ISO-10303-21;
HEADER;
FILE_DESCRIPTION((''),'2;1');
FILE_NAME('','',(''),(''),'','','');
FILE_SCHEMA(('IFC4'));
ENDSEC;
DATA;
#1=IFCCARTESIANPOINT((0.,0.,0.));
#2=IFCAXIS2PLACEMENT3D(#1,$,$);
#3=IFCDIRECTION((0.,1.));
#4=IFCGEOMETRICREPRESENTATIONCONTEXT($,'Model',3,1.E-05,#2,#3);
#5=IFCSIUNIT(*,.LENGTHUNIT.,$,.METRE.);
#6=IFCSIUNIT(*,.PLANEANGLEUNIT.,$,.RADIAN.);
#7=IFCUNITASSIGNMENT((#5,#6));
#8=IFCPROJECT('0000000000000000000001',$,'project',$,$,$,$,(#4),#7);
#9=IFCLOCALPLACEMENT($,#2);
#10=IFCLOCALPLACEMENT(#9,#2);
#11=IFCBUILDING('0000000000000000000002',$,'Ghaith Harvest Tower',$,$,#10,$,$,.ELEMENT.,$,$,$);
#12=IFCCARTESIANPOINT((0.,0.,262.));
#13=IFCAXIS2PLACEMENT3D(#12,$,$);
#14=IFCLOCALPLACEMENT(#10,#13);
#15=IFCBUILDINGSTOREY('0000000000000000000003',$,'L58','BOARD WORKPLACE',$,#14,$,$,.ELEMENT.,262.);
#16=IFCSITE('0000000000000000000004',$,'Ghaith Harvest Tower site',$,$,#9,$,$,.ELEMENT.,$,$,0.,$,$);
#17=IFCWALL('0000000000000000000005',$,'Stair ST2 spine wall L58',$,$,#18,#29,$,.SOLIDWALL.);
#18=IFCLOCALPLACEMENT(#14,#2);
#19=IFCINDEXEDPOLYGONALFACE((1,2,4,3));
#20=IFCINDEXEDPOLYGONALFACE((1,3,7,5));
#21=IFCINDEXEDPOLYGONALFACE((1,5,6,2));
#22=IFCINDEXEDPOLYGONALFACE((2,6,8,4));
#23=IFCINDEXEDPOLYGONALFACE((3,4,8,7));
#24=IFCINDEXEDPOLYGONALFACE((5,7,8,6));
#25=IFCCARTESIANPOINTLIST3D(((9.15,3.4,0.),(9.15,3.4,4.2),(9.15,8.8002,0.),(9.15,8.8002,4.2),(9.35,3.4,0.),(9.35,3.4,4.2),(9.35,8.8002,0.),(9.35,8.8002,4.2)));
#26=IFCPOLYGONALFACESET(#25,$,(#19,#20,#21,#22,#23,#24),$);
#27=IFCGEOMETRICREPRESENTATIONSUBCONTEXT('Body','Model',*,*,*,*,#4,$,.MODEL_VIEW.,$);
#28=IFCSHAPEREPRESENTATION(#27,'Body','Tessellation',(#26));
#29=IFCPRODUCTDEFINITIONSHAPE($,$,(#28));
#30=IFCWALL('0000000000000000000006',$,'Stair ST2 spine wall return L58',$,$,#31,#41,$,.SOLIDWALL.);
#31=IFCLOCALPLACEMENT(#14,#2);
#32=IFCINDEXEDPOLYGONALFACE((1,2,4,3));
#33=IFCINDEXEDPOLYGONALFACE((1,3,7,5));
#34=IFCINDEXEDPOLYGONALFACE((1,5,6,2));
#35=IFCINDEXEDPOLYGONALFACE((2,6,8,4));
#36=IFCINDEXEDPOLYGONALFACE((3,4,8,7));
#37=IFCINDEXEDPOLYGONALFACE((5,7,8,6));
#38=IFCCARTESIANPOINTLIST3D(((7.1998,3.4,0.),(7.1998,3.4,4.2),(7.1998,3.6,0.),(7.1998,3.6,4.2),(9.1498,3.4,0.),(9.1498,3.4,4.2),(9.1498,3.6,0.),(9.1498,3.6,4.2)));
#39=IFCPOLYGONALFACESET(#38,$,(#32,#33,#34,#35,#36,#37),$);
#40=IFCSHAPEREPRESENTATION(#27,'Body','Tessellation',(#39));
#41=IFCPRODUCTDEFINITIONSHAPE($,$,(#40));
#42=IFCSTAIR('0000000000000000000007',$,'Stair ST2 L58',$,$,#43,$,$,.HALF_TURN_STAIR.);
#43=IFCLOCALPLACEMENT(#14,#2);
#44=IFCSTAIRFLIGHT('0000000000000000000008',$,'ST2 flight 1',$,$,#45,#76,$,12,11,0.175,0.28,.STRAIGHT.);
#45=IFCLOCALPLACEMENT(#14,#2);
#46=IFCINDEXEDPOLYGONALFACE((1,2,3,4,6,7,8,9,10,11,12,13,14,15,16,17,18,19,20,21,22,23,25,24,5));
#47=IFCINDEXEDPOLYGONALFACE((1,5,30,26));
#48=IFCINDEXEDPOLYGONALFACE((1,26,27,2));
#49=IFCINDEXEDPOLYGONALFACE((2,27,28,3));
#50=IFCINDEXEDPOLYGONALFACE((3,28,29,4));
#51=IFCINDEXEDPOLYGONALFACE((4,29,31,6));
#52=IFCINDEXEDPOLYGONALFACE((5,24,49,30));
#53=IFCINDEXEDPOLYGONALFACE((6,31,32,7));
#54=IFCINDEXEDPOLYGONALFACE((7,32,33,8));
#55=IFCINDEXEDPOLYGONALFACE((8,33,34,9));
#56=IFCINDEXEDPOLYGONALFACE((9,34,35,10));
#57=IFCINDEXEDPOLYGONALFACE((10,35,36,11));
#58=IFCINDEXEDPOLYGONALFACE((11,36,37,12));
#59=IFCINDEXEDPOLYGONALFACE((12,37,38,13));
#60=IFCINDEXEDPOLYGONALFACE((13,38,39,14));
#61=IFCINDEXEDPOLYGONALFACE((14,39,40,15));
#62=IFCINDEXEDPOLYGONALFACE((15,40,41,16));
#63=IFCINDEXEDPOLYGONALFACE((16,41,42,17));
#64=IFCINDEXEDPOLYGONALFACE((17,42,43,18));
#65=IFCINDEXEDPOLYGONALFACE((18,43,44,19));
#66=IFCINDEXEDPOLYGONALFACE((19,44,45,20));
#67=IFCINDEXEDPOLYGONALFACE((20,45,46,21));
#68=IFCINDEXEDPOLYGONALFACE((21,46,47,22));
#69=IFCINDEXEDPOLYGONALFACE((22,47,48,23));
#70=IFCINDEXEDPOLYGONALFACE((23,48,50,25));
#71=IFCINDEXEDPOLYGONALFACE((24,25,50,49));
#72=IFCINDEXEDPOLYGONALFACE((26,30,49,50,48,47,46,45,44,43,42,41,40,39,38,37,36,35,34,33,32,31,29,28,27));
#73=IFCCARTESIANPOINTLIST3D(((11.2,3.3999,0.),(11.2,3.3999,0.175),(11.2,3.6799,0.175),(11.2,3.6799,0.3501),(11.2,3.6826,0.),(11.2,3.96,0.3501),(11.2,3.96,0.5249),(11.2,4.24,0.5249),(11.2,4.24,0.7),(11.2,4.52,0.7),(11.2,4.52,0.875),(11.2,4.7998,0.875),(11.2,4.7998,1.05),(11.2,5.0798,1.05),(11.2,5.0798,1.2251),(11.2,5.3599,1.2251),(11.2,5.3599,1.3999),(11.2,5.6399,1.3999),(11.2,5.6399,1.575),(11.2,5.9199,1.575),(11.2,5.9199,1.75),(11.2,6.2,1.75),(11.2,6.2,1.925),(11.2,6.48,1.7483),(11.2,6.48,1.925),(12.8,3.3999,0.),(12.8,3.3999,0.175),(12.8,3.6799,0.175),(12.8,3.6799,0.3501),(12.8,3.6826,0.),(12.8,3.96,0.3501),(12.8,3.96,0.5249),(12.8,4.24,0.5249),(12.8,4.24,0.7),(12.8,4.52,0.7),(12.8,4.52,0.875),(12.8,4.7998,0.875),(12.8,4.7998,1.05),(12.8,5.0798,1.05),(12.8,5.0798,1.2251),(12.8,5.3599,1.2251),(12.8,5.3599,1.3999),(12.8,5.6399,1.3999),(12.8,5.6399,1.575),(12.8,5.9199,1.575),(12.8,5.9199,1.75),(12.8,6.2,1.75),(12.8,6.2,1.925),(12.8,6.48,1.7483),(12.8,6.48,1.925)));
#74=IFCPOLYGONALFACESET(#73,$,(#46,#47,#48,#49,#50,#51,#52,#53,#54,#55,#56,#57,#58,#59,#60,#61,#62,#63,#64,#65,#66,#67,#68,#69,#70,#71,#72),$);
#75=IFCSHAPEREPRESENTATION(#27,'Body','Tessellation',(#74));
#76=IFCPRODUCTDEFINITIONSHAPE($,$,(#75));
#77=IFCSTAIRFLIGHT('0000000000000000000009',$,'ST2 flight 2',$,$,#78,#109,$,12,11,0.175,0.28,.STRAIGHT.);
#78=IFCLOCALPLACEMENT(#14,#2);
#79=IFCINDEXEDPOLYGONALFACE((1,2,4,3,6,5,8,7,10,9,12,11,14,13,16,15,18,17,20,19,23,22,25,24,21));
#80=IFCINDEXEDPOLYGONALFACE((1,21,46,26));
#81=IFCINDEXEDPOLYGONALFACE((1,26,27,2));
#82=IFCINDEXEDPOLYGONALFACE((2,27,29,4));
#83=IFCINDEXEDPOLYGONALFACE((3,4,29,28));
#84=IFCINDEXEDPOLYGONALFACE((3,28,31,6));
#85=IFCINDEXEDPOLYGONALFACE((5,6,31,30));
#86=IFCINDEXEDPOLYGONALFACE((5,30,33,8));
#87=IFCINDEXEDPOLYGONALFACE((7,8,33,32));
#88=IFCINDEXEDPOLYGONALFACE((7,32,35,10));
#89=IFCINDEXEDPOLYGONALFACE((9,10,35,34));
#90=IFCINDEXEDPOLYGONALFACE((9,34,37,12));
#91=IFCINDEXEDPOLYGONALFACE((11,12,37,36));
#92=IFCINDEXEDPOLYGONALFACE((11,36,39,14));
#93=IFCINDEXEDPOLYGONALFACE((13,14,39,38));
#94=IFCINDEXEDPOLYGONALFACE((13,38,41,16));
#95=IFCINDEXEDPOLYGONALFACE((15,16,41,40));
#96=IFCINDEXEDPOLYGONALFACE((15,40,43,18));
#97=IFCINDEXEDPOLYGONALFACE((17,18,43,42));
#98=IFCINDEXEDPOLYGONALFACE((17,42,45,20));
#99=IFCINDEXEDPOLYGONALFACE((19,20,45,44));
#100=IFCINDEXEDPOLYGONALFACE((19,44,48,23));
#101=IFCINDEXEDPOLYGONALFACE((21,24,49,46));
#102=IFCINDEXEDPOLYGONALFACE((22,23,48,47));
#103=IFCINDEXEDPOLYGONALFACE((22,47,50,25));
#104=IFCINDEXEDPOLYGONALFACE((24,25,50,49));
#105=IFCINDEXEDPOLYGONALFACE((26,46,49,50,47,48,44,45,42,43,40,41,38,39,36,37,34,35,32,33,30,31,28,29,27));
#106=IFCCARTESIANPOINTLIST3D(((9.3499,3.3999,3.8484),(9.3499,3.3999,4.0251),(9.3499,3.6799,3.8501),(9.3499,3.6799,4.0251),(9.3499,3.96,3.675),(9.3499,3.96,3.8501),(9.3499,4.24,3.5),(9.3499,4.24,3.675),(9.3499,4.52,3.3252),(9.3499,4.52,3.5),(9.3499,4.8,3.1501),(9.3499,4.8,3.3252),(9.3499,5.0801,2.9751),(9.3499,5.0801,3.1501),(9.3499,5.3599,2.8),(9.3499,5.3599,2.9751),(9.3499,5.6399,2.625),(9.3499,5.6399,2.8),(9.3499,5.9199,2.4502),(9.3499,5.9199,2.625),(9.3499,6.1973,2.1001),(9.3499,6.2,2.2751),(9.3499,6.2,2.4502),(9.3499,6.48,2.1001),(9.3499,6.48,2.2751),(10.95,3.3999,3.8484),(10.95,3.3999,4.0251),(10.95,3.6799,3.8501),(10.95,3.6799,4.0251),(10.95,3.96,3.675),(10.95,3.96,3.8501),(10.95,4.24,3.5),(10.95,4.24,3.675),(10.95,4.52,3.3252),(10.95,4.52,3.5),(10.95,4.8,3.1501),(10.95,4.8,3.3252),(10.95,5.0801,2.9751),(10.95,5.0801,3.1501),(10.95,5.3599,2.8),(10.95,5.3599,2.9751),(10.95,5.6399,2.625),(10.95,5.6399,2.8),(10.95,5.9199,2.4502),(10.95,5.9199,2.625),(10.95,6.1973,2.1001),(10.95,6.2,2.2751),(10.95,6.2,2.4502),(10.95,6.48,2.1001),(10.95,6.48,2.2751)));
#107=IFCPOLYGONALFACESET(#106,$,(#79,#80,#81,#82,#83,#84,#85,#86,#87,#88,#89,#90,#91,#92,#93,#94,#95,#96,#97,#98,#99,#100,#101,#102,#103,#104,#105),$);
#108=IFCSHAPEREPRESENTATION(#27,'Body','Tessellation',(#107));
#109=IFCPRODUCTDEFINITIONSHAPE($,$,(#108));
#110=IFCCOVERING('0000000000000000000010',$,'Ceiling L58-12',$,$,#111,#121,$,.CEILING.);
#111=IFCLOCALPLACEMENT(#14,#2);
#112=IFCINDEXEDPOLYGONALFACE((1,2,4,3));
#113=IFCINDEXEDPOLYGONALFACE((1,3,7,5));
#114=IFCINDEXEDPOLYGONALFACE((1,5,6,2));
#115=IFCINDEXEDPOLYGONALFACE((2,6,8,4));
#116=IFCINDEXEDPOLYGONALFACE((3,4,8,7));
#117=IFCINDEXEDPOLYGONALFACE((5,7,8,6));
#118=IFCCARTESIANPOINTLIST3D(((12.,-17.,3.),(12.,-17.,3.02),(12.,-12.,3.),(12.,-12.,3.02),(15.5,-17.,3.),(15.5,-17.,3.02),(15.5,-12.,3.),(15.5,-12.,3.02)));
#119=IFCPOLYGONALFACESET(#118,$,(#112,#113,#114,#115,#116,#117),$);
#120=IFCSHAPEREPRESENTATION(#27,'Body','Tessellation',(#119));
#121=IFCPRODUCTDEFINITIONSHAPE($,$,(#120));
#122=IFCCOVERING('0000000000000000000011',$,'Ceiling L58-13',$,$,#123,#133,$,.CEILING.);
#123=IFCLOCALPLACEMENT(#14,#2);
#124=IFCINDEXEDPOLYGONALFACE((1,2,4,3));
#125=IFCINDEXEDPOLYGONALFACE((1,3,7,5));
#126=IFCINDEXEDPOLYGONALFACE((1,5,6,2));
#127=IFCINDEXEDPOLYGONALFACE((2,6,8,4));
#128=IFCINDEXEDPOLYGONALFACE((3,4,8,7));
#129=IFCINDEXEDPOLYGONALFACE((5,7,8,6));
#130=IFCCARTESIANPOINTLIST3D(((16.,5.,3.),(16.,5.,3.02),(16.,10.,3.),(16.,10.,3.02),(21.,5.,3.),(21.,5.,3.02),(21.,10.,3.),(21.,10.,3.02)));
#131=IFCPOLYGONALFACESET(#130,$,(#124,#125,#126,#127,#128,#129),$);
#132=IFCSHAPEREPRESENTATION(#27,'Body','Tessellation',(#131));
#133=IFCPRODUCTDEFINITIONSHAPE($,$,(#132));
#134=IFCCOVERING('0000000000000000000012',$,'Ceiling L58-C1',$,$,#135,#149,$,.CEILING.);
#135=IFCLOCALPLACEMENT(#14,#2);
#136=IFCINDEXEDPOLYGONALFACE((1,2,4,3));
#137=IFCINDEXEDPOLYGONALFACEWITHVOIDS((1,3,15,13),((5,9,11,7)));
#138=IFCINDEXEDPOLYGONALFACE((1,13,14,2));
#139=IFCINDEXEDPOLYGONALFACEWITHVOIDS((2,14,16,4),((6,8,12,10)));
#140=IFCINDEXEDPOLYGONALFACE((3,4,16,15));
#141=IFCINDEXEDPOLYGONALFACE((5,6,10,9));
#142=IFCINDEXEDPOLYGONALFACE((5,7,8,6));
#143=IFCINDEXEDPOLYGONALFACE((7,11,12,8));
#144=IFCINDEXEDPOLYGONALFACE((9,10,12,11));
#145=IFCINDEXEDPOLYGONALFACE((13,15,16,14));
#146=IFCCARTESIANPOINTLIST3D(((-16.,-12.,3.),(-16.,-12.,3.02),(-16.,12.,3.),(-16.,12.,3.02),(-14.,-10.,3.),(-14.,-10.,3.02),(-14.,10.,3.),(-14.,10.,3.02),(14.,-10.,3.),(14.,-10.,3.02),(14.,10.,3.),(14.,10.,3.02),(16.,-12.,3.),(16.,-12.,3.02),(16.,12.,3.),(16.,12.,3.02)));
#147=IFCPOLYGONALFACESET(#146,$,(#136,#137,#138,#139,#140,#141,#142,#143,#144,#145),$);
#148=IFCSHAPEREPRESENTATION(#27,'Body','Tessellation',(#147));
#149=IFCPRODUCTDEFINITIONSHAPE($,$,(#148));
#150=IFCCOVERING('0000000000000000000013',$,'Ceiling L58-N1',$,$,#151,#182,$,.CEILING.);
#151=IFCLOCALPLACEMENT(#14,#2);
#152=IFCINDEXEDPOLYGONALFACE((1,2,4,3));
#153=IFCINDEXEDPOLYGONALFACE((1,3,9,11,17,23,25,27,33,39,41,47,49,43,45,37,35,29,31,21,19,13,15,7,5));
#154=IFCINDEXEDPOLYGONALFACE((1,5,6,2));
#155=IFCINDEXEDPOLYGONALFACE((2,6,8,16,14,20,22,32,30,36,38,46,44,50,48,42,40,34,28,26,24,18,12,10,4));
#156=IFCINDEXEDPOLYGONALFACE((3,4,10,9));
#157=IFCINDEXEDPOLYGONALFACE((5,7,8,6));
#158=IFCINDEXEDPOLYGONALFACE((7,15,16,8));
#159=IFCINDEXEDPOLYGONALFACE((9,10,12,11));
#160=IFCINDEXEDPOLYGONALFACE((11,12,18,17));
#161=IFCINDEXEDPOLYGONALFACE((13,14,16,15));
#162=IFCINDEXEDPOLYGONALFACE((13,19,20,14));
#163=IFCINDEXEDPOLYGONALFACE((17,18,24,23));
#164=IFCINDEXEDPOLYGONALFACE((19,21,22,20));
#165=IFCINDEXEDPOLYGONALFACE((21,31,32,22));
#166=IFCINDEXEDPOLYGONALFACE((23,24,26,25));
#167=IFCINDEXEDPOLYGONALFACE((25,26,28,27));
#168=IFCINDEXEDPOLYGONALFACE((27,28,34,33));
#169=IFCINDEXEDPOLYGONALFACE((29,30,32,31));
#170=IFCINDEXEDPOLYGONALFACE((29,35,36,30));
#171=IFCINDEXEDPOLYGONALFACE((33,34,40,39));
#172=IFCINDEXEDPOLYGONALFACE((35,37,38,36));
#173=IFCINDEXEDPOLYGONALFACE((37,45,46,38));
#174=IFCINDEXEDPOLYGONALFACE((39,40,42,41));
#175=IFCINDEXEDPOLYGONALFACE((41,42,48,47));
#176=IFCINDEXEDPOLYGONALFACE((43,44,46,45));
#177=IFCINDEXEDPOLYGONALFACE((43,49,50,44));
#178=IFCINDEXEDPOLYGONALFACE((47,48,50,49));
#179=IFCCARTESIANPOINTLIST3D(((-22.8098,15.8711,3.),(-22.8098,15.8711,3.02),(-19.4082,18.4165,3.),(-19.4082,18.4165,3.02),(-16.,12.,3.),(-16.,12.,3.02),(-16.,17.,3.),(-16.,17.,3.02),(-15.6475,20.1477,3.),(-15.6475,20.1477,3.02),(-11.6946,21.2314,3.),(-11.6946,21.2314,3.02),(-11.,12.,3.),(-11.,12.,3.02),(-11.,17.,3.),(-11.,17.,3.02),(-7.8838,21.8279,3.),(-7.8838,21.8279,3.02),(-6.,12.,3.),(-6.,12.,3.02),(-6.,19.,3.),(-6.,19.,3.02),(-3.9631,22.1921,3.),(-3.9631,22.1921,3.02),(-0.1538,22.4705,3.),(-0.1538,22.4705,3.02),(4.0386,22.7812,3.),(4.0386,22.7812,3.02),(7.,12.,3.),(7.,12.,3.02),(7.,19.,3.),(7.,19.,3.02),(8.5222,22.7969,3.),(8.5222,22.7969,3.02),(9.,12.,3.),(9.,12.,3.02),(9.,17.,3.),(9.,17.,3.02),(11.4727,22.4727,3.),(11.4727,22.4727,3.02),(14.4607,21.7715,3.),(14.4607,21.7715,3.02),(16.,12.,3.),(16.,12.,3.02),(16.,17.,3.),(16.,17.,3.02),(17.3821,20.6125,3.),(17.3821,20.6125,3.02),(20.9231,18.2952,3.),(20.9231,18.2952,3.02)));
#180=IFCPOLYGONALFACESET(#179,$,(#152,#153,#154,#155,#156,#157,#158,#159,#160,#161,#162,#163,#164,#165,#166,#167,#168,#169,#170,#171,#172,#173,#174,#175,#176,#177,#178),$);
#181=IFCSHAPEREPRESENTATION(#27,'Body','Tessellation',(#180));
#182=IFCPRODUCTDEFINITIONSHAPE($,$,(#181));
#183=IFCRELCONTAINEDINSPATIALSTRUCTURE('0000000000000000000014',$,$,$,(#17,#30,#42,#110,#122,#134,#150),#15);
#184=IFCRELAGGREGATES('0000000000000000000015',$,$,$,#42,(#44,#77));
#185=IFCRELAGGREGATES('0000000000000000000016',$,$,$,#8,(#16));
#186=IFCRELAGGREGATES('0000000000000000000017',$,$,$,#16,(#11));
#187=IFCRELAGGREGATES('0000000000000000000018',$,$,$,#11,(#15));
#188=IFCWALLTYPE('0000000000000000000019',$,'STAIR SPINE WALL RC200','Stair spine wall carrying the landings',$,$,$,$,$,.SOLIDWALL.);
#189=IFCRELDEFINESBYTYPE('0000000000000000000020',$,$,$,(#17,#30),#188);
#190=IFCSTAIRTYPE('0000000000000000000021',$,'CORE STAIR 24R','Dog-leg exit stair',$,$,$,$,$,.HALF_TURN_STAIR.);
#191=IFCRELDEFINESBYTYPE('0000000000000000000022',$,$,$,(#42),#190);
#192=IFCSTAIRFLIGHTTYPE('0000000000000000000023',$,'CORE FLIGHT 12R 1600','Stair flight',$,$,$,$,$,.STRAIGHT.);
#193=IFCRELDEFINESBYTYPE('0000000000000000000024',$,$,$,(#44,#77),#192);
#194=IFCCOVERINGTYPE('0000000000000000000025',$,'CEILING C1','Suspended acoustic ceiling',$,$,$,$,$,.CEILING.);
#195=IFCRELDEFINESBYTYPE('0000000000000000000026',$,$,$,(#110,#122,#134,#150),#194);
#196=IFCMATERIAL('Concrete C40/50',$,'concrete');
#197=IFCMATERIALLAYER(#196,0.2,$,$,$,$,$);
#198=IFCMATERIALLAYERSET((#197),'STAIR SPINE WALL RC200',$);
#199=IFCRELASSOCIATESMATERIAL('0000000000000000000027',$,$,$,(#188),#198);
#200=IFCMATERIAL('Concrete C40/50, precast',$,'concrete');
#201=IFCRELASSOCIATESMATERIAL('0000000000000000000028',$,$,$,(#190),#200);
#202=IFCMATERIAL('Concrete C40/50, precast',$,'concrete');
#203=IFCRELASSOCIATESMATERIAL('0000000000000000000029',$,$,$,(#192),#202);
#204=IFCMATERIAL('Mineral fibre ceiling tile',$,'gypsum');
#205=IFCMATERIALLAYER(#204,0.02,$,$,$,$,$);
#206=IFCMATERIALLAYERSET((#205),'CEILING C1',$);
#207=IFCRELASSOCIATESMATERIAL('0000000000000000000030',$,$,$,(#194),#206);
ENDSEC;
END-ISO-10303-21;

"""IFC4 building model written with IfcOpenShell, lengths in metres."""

from ifc_helpers import new_model, si_unit, direction, frame, frame_2d, origin, place, context, subcontext, project, spatial, polyline, rectangle, outline, extrude, material, layer, layer_set, type_object, element, aggregate, save


model = new_model("IFC4")

# Units and contexts
model_context = context("Model", 3, precision=1e-05, world=origin(), true_north=direction((0.0, 1.0)))
body_context = subcontext(model_context, "Body", "Model", "MODEL_VIEW")
ifc_project = project(units=[si_unit("LENGTHUNIT", "METRE"), si_unit("PLANEANGLEUNIT", "RADIAN")], contexts=[model_context])

# Site, building, storey
site_placement = place(None, origin())
site = spatial("IfcSite", under=ifc_project, at=site_placement, Name="Ghaith Harvest Tower site", CompositionType="ELEMENT", RefElevation=0.0)
building_placement = place(site_placement, origin())
building = spatial("IfcBuilding", under=site, at=building_placement, Name="Ghaith Harvest Tower", CompositionType="ELEMENT")
storey_placement = place(building_placement, frame((0.0, 0.0, 262.0)))
storey = spatial("IfcBuildingStorey", under=building, at=storey_placement, Name="L58", Description="BOARD WORKPLACE", CompositionType="ELEMENT", Elevation=262.0)

# Walls
ifc_material_1 = material(Name="Concrete C40/50", Category="concrete")
ifc_layer_1 = layer(ifc_material_1, 0.2)
ifc_layer_set_1 = layer_set([ifc_layer_1], Name="STAIR SPINE WALL RC200")
wall_type_1 = type_object("IfcWallType", Name="STAIR SPINE WALL RC200", Description="Stair spine wall carrying the landings", PredefinedType="SOLIDWALL", material=ifc_layer_set_1)
wall_1_placement = place(storey_placement, frame((9.25, 3.3999, 0.0), z_axis=(0.0, 0.0, 1.0), x_axis=(0.0, 1.0, 0.0)))
element("IfcWall", 1, at=wall_1_placement, inside=storey, type_object=wall_type_1, Name="Stair ST2 spine wall L58", PredefinedType="SOLIDWALL", context=body_context, shape_type="SweptSolid", body=[
    extrude(rectangle(XDim=5.4001, YDim=0.2, at=frame_2d((2.7002, 0.0))), origin(), (0.0, 0.0, 1.0), 4.2),
])
wall_2_placement = place(storey_placement, frame((9.1499, 3.5, 0.0), z_axis=(0.0, 0.0, 1.0), x_axis=(-1.0, 0.0, 0.0)))
element("IfcWall", 2, at=wall_2_placement, inside=storey, type_object=wall_type_1, Name="Stair ST2 spine wall return L58", PredefinedType="SOLIDWALL", context=body_context, shape_type="SweptSolid", body=[
    extrude(rectangle(XDim=1.95, YDim=0.2, at=frame_2d((0.9751, 0.0))), origin(), (0.0, 0.0, 1.0), 4.2),
])

# Stair, stair flights
ifc_material_2 = material(Name="Concrete C40/50, precast", Category="concrete")
stair_type = type_object("IfcStairType", Name="CORE STAIR 24R", Description="Dog-leg exit stair", PredefinedType="HALF_TURN_STAIR", material=ifc_material_2)
stair_placement = place(storey_placement, origin())
stair = element("IfcStair", 3, at=stair_placement, inside=storey, type_object=stair_type, Name="Stair ST2 L58", PredefinedType="HALF_TURN_STAIR")
ifc_material_3 = material(Name="Concrete C40/50, precast", Category="concrete")
stair_flight_type = type_object("IfcStairFlightType", Name="CORE FLIGHT 12R 1600", Description="Stair flight", PredefinedType="STRAIGHT", material=ifc_material_3)
stair_flight_1_placement = place(storey_placement, frame((12.0, 3.3999, 0.0), z_axis=(0.0, 0.0, 1.0), x_axis=(0.0, 1.0, 0.0)))
stair_flight_1 = element("IfcStairFlight", 4, at=stair_flight_1_placement, type_object=stair_flight_type, Name="ST2 flight 1", NumberOfRisers=12, NumberOfTreads=11, PredefinedType="STRAIGHT", RiserHeight=0.175, TreadLength=0.28, context=body_context, shape_type="SweptSolid", body=[
    extrude(outline(polyline([(0.0, 0.0), (0.0, 0.175), (0.28, 0.175), (0.28, 0.3501), (0.5601, 0.3501), (0.5601, 0.5249), (0.8401, 0.5249), (0.8401, 0.7), (1.1201, 0.7), (1.1201, 0.875), (1.3999, 0.875), (1.3999, 1.05), (1.6799, 1.05), (1.6799, 1.2251), (1.96, 1.2251), (1.96, 1.3999), (2.24, 1.3999), (2.24, 1.575), (2.52, 1.575), (2.52, 1.75), (2.8, 1.75), (2.8, 1.925), (3.0801, 1.925), (3.0801, 2.1001), (3.0801, 1.7483), (0.2827, 0.0), (0.0, 0.0)])), frame((0.0, 0.8, 0.0), z_axis=(0.0, -1.0, 0.0), x_axis=(1.0, 0.0, 0.0)), (0.0, 0.0, 1.0), 1.6001),
])
stair_flight_2_placement = place(storey_placement, frame((10.1499, 6.48, 2.1001), z_axis=(0.0, 0.0, 1.0), x_axis=(0.0, -1.0, 0.0)))
stair_flight_2 = element("IfcStairFlight", 5, at=stair_flight_2_placement, type_object=stair_flight_type, Name="ST2 flight 2", NumberOfRisers=12, NumberOfTreads=11, PredefinedType="STRAIGHT", RiserHeight=0.175, TreadLength=0.28, context=body_context, shape_type="SweptSolid", body=[
    extrude(outline(polyline([(0.0, 0.0), (0.0, 0.175), (0.28, 0.175), (0.28, 0.3501), (0.5601, 0.3501), (0.5601, 0.5249), (0.8401, 0.5249), (0.8401, 0.7), (1.1201, 0.7), (1.1201, 0.875), (1.3999, 0.875), (1.3999, 1.05), (1.6799, 1.05), (1.6799, 1.2251), (1.96, 1.2251), (1.96, 1.3999), (2.24, 1.3999), (2.24, 1.575), (2.52, 1.575), (2.52, 1.75), (2.8, 1.75), (2.8, 1.925), (3.0801, 1.925), (3.0801, 2.1001), (3.0801, 1.7483), (0.2827, 0.0), (0.0, 0.0)])), frame((0.0, 0.8, 0.0), z_axis=(0.0, -1.0, 0.0), x_axis=(1.0, 0.0, 0.0)), (0.0, 0.0, 1.0), 1.6001),
])
aggregate(stair, [stair_flight_1, stair_flight_2])

# Coverings
ifc_material_4 = material(Name="Mineral fibre ceiling tile", Category="gypsum")
ifc_layer_2 = layer(ifc_material_4, 0.02)
ifc_layer_set_2 = layer_set([ifc_layer_2], Name="CEILING C1")
covering_type = type_object("IfcCoveringType", Name="CEILING C1", Description="Suspended acoustic ceiling", PredefinedType="CEILING", material=ifc_layer_set_2)
covering_1_placement = place(storey_placement, frame((0.0, 0.0, 3.0)))
element("IfcCovering", 6, at=covering_1_placement, inside=storey, type_object=covering_type, Name="Ceiling L58-12", PredefinedType="CEILING", context=body_context, shape_type="SweptSolid", body=[
    extrude(outline(polyline([(12.0, -17.0), (15.5, -17.0), (15.5, -12.0), (12.0, -12.0), (12.0, -17.0)])), origin(), (0.0, 0.0, 1.0), 0.02),
])
covering_2_placement = place(storey_placement, frame((0.0, 0.0, 3.0)))
element("IfcCovering", 7, at=covering_2_placement, inside=storey, type_object=covering_type, Name="Ceiling L58-13", PredefinedType="CEILING", context=body_context, shape_type="SweptSolid", body=[
    extrude(outline(polyline([(16.0, 5.0), (21.0, 5.0), (21.0, 10.0), (16.0, 10.0), (16.0, 5.0)])), origin(), (0.0, 0.0, 1.0), 0.02),
])
covering_3_placement = place(storey_placement, frame((0.0, 0.0, 3.0)))
element("IfcCovering", 8, at=covering_3_placement, inside=storey, type_object=covering_type, Name="Ceiling L58-C1", PredefinedType="CEILING", context=body_context, shape_type="SweptSolid", body=[
    extrude(outline(polyline([(-16.0, 12.0), (16.0, 12.0), (16.0, -12.0), (-16.0, -12.0), (-16.0, 12.0)]), holes=[polyline([(-14.0, 10.0), (-14.0, -10.0), (14.0, -10.0), (14.0, 10.0), (-14.0, 10.0)])]), origin(), (0.0, 0.0, 1.0), 0.02),
])
covering_4_placement = place(storey_placement, frame((0.0, 0.0, 3.0)))
element("IfcCovering", 9, at=covering_4_placement, inside=storey, type_object=covering_type, Name="Ceiling L58-N1", PredefinedType="CEILING", context=body_context, shape_type="SweptSolid", body=[
    extrude(outline(polyline([(-19.4082, 18.4165), (-15.6475, 20.1477), (-11.6946, 21.2314), (-7.8838, 21.8279), (-3.9631, 22.1921), (-0.1538, 22.4705), (4.0386, 22.7812), (8.5222, 22.7969), (11.4727, 22.4727), (14.4607, 21.7715), (17.3821, 20.6125), (20.9231, 18.2952), (16.0, 12.0), (16.0, 17.0), (9.0, 17.0), (9.0, 12.0), (7.0, 12.0), (7.0, 19.0), (-6.0, 19.0), (-6.0, 12.0), (-11.0, 12.0), (-11.0, 17.0), (-16.0, 17.0), (-16.0, 12.0), (-22.8098, 15.8711), (-19.4082, 18.4165)])), origin(), (0.0, 0.0, 1.0), 0.02),
])

save(model, "model.ifc")
